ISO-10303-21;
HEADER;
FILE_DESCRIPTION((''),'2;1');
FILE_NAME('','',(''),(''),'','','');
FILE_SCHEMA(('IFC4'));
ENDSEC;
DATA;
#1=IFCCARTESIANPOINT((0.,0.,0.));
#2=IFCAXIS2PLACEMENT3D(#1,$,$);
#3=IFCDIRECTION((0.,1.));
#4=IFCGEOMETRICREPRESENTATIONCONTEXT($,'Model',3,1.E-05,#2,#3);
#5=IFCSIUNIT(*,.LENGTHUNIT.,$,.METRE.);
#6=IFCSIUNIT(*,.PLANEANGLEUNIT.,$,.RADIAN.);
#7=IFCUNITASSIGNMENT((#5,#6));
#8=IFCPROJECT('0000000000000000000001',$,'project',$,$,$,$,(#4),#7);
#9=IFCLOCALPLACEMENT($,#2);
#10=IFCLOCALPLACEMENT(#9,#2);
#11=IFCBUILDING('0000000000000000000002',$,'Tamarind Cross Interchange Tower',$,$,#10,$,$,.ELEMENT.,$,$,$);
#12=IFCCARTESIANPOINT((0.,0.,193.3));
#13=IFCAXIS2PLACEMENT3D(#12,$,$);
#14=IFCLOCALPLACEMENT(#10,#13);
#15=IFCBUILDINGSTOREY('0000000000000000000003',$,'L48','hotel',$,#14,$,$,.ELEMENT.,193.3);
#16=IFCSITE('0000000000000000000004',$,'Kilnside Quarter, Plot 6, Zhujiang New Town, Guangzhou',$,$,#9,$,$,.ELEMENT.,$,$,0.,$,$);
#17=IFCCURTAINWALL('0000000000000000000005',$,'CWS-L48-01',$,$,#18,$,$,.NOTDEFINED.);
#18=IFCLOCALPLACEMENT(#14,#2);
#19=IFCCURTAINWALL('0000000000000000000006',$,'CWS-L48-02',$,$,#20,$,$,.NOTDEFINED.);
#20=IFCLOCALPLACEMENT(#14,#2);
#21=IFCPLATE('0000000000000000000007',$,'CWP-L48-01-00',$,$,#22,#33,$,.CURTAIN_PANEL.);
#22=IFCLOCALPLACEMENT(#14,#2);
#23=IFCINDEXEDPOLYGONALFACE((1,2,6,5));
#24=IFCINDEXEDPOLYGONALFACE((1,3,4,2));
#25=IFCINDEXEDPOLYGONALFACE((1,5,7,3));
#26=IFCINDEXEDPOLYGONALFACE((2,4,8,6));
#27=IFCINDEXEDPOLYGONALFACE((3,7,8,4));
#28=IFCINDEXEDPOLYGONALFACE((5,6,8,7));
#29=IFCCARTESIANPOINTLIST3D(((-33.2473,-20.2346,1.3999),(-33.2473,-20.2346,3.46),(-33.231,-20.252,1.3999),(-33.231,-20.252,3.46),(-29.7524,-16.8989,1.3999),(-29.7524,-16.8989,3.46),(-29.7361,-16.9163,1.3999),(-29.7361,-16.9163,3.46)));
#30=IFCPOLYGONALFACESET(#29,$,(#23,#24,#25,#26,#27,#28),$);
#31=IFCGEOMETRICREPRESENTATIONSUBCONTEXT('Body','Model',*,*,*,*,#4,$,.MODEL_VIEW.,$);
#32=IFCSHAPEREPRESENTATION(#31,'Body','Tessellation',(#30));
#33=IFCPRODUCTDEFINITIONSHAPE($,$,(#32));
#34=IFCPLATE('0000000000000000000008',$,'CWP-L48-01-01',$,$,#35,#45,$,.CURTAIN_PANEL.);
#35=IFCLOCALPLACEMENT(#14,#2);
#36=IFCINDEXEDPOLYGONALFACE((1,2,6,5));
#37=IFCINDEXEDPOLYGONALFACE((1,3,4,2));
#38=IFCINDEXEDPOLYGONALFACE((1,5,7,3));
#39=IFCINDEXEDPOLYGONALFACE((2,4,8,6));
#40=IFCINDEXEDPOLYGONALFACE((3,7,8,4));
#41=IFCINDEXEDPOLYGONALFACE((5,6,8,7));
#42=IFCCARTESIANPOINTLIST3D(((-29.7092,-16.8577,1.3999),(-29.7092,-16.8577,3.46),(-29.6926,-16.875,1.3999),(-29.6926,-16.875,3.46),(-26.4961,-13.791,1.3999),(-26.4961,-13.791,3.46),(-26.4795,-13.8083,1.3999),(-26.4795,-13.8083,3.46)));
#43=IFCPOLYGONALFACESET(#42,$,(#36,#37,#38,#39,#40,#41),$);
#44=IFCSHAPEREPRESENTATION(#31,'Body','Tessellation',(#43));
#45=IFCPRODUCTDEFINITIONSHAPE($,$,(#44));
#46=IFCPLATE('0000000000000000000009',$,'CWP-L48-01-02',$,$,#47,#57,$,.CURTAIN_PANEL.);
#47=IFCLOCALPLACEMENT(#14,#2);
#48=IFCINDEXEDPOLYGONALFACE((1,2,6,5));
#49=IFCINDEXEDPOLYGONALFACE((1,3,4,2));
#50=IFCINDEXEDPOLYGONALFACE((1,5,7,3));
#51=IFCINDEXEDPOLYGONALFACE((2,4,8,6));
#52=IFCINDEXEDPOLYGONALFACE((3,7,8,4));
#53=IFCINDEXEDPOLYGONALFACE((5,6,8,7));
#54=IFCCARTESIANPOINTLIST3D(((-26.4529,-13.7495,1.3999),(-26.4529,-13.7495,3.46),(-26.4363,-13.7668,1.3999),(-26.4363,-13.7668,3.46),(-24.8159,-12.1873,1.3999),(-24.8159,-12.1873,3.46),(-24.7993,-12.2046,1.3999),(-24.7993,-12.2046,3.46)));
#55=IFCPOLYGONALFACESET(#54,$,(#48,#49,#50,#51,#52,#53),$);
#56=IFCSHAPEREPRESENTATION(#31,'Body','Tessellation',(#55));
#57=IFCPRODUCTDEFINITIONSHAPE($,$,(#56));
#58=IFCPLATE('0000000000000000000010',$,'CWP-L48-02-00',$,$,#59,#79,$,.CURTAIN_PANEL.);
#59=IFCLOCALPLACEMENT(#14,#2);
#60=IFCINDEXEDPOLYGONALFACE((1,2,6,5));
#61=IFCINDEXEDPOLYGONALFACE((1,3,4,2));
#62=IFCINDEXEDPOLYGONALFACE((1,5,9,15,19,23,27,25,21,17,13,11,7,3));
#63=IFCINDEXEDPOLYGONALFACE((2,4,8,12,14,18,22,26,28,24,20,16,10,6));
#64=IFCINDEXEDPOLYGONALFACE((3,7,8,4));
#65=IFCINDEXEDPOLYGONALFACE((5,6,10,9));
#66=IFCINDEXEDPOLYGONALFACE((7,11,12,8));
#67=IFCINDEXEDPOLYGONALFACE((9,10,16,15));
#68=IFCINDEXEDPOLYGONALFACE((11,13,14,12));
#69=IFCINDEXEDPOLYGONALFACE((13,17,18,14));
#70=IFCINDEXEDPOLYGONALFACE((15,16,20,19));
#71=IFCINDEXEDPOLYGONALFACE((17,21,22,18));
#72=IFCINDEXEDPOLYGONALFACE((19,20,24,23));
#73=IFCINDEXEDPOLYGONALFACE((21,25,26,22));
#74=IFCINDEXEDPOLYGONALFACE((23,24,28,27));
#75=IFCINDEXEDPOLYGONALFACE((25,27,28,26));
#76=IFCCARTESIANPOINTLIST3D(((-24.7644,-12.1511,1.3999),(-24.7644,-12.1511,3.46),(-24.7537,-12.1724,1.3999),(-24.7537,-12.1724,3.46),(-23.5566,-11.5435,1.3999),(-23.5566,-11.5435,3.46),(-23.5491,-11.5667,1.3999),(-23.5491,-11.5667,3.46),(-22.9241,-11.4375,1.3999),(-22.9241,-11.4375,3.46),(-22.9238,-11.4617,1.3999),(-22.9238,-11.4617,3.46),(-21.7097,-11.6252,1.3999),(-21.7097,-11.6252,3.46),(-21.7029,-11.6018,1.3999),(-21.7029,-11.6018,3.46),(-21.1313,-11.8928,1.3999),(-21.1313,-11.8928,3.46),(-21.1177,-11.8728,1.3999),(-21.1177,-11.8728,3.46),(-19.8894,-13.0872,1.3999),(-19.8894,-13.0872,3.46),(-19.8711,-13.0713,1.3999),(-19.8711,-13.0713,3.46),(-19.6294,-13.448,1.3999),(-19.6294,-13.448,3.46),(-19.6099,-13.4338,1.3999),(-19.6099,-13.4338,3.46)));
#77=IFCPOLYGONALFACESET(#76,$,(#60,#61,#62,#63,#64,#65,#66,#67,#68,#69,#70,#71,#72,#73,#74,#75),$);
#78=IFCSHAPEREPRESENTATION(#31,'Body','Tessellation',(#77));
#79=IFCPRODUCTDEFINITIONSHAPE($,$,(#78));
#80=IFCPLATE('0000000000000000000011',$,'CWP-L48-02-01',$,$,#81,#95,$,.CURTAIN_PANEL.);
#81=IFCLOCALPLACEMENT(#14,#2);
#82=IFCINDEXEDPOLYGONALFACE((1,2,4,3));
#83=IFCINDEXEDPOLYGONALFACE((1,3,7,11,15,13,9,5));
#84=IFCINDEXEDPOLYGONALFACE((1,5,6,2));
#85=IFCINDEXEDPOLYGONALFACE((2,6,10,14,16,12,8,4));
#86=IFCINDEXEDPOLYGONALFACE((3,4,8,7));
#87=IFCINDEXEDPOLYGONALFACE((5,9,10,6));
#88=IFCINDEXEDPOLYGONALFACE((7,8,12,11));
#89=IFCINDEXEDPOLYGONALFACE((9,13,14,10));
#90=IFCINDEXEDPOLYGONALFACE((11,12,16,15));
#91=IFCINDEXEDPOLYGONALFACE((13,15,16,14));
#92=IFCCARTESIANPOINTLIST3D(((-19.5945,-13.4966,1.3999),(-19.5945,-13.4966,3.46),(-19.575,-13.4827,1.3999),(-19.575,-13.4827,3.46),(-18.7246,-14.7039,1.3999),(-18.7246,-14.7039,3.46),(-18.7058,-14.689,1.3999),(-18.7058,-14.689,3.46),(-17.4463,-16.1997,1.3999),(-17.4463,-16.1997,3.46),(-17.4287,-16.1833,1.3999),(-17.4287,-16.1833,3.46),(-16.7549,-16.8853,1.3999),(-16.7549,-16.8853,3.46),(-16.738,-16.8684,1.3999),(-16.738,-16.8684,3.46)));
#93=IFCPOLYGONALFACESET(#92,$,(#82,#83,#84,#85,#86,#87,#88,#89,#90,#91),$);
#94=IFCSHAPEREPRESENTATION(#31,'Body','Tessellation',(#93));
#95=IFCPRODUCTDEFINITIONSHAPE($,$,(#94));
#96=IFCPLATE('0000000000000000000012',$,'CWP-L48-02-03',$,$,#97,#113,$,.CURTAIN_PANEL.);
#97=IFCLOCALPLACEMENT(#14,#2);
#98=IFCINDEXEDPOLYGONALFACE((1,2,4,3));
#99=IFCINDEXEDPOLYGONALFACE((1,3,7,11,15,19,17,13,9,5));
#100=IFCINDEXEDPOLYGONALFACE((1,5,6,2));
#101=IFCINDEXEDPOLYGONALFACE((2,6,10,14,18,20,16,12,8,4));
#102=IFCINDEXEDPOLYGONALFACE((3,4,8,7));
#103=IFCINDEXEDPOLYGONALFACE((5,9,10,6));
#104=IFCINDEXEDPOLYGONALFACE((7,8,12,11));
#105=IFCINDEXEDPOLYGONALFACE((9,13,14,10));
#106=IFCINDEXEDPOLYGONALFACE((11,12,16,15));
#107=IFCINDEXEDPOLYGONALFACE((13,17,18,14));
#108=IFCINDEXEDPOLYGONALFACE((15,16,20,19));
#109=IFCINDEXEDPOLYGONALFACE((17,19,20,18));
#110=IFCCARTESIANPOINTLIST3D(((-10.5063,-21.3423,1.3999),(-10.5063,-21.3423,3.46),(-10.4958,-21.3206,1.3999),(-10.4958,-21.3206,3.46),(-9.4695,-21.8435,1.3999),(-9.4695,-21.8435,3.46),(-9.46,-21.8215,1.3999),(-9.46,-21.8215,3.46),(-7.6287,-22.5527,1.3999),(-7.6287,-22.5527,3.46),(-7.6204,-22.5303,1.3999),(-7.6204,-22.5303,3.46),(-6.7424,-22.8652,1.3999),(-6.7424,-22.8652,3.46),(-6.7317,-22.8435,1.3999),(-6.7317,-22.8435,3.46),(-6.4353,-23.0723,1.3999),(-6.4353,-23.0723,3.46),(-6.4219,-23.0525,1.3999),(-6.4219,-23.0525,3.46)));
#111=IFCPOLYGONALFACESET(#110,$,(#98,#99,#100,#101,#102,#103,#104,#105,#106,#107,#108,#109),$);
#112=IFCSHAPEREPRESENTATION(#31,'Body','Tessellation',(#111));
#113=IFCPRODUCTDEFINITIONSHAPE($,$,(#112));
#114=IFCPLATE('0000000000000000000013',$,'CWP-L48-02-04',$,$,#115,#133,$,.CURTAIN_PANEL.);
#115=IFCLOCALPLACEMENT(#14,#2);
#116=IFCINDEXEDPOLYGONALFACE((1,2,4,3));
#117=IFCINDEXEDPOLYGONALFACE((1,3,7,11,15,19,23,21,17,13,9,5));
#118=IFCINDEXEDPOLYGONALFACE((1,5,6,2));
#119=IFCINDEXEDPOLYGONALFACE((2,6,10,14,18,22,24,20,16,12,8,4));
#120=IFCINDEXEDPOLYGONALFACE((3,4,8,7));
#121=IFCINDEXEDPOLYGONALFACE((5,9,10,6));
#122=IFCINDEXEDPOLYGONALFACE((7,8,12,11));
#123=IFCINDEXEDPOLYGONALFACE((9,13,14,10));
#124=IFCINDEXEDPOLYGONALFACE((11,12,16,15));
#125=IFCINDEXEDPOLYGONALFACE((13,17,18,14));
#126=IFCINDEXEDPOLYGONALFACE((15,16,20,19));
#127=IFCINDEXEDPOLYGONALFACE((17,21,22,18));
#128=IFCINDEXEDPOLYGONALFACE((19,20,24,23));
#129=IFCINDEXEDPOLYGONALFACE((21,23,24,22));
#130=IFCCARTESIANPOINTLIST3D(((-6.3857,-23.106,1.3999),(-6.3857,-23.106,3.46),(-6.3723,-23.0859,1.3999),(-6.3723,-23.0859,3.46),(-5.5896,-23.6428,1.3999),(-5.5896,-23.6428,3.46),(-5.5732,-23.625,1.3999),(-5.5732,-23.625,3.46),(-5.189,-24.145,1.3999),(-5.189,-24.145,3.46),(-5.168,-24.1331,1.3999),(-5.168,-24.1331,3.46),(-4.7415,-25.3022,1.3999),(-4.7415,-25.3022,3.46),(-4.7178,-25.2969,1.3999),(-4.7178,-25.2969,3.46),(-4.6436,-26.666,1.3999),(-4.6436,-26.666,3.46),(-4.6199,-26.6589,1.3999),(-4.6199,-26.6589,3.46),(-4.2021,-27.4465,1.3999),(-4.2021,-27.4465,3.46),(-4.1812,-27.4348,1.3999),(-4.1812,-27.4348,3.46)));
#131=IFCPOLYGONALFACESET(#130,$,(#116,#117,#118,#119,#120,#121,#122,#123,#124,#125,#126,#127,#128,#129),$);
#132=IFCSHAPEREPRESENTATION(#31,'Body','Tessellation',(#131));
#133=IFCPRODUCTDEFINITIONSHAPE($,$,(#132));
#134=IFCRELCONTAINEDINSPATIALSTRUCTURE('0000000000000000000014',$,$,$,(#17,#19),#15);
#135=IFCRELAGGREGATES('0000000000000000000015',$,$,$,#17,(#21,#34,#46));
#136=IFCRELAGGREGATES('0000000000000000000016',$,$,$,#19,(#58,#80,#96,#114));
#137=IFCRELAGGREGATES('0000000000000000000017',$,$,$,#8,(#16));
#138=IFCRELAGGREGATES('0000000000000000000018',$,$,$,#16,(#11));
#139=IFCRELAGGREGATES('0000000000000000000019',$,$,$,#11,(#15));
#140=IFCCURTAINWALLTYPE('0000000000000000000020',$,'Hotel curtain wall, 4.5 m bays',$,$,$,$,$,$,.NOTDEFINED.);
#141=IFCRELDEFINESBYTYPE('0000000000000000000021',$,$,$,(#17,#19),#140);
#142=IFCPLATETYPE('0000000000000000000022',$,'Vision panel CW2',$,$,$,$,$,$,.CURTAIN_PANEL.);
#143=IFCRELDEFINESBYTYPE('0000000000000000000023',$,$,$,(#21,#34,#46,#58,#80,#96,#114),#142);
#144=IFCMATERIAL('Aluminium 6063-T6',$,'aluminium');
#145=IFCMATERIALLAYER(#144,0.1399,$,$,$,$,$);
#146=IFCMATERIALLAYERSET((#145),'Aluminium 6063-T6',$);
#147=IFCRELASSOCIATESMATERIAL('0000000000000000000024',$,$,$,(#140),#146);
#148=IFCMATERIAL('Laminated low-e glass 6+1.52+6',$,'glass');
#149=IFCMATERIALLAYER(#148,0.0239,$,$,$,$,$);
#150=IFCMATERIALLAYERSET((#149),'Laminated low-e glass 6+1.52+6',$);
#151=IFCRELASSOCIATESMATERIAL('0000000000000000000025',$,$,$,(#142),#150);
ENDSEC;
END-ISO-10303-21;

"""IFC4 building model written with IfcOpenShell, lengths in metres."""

from ifc_helpers import new_model, si_unit, direction, frame, origin, place, context, subcontext, project, spatial, polyline, outline, extrude, material, layer, layer_set, type_object, element, aggregate, save


model = new_model("IFC4")

# Units and contexts
model_context = context("Model", 3, precision=1e-05, world=origin(), true_north=direction((0.0, 1.0)))
body_context = subcontext(model_context, "Body", "Model", "MODEL_VIEW")
ifc_project = project(units=[si_unit("LENGTHUNIT", "METRE"), si_unit("PLANEANGLEUNIT", "RADIAN")], contexts=[model_context])

# Site, building, storey
site_placement = place(None, origin())
site = spatial("IfcSite", under=ifc_project, at=site_placement, Name="Kilnside Quarter, Plot 6, Zhujiang New Town, Guangzhou", CompositionType="ELEMENT", RefElevation=0.0)
building_placement = place(site_placement, origin())
building = spatial("IfcBuilding", under=site, at=building_placement, Name="Tamarind Cross Interchange Tower", CompositionType="ELEMENT")
storey_placement = place(building_placement, frame((0.0, 0.0, 193.3)))
storey = spatial("IfcBuildingStorey", under=building, at=storey_placement, Name="L48", Description="hotel", CompositionType="ELEMENT", Elevation=193.3)

# Curtain wall
ifc_material_1 = material(Name="Aluminium 6063-T6", Category="aluminium")
ifc_layer_1 = layer(ifc_material_1, 0.1399)
ifc_layer_set_1 = layer_set([ifc_layer_1], Name="Aluminium 6063-T6")
curtain_wall_type = type_object("IfcCurtainWallType", Name="Hotel curtain wall, 4.5 m bays", PredefinedType="NOTDEFINED", material=ifc_layer_set_1)
curtain_wall_1_placement = place(storey_placement, origin())
curtain_wall_1 = element("IfcCurtainWall", 1, at=curtain_wall_1_placement, inside=storey, type_object=curtain_wall_type, Name="CWS-L48-01", PredefinedType="NOTDEFINED")

# Curtain wall
curtain_wall_2_placement = place(storey_placement, origin())
curtain_wall_2 = element("IfcCurtainWall", 2, at=curtain_wall_2_placement, inside=storey, type_object=curtain_wall_type, Name="CWS-L48-02", PredefinedType="NOTDEFINED")

# Plates
ifc_material_2 = material(Name="Laminated low-e glass 6+1.52+6", Category="glass")
ifc_layer_2 = layer(ifc_material_2, 0.0239)
ifc_layer_set_2 = layer_set([ifc_layer_2], Name="Laminated low-e glass 6+1.52+6")
plate_type = type_object("IfcPlateType", Name="Vision panel CW2", PredefinedType="CURTAIN_PANEL", material=ifc_layer_set_2)
plate_1_placement = place(storey_placement, frame((0.0, 0.0, 1.3999)))
plate_1 = element("IfcPlate", 3, at=plate_1_placement, type_object=plate_type, Name="CWP-L48-01-00", PredefinedType="CURTAIN_PANEL", context=body_context, shape_type="SweptSolid", body=[
    extrude(outline(polyline([(-33.2473, -20.2346), (-29.7524, -16.8989), (-29.7361, -16.9163), (-33.231, -20.252), (-33.2473, -20.2346)])), origin(), (0.0, 0.0, 1.0), 2.0601),
])
plate_2_placement = place(storey_placement, frame((0.0, 0.0, 1.3999)))
plate_2 = element("IfcPlate", 4, at=plate_2_placement, type_object=plate_type, Name="CWP-L48-01-01", PredefinedType="CURTAIN_PANEL", context=body_context, shape_type="SweptSolid", body=[
    extrude(outline(polyline([(-29.7092, -16.8577), (-26.4961, -13.791), (-26.4795, -13.8083), (-29.6926, -16.875), (-29.7092, -16.8577)])), origin(), (0.0, 0.0, 1.0), 2.0601),
])
plate_3_placement = place(storey_placement, frame((0.0, 0.0, 1.3999)))
plate_3 = element("IfcPlate", 5, at=plate_3_placement, type_object=plate_type, Name="CWP-L48-01-02", PredefinedType="CURTAIN_PANEL", context=body_context, shape_type="SweptSolid", body=[
    extrude(outline(polyline([(-26.4529, -13.7495), (-24.8159, -12.1873), (-24.7993, -12.2046), (-26.4363, -13.7668), (-26.4529, -13.7495)])), origin(), (0.0, 0.0, 1.0), 2.0601),
])
aggregate(curtain_wall_1, [plate_1, plate_2, plate_3])
plate_4_placement = place(storey_placement, frame((0.0, 0.0, 1.3999)))
plate_4 = element("IfcPlate", 6, at=plate_4_placement, type_object=plate_type, Name="CWP-L48-02-00", PredefinedType="CURTAIN_PANEL", context=body_context, shape_type="SweptSolid", body=[
    extrude(outline(polyline([(-24.7644, -12.1511), (-23.5566, -11.5435), (-22.9241, -11.4375), (-21.7029, -11.6018), (-21.1177, -11.8728), (-19.8711, -13.0713), (-19.6099, -13.4338), (-19.6294, -13.448), (-19.8894, -13.0872), (-21.1313, -11.8928), (-21.7097, -11.6252), (-22.9238, -11.4617), (-23.5491, -11.5667), (-24.7537, -12.1724), (-24.7644, -12.1511)])), origin(), (0.0, 0.0, 1.0), 2.0601),
])
plate_5_placement = place(storey_placement, frame((0.0, 0.0, 1.3999)))
plate_5 = element("IfcPlate", 7, at=plate_5_placement, type_object=plate_type, Name="CWP-L48-02-01", PredefinedType="CURTAIN_PANEL", context=body_context, shape_type="SweptSolid", body=[
    extrude(outline(polyline([(-19.575, -13.4827), (-18.7058, -14.689), (-17.4287, -16.1833), (-16.738, -16.8684), (-16.7549, -16.8853), (-17.4463, -16.1997), (-18.7246, -14.7039), (-19.5945, -13.4966), (-19.575, -13.4827)])), origin(), (0.0, 0.0, 1.0), 2.0601),
])
plate_6_placement = place(storey_placement, frame((0.0, 0.0, 1.3999)))
plate_6 = element("IfcPlate", 8, at=plate_6_placement, type_object=plate_type, Name="CWP-L48-02-03", PredefinedType="CURTAIN_PANEL", context=body_context, shape_type="SweptSolid", body=[
    extrude(outline(polyline([(-10.4958, -21.3206), (-9.46, -21.8215), (-7.6204, -22.5303), (-6.7317, -22.8435), (-6.4219, -23.0525), (-6.4353, -23.0723), (-6.7424, -22.8652), (-7.6287, -22.5527), (-9.4695, -21.8435), (-10.5063, -21.3423), (-10.4958, -21.3206)])), origin(), (0.0, 0.0, 1.0), 2.0601),
])
plate_7_placement = place(storey_placement, frame((0.0, 0.0, 1.3999)))
plate_7 = element("IfcPlate", 9, at=plate_7_placement, type_object=plate_type, Name="CWP-L48-02-04", PredefinedType="CURTAIN_PANEL", context=body_context, shape_type="SweptSolid", body=[
    extrude(outline(polyline([(-6.3723, -23.0859), (-5.5732, -23.625), (-5.168, -24.1331), (-4.7178, -25.2969), (-4.6199, -26.6589), (-4.1812, -27.4348), (-4.2021, -27.4465), (-4.6436, -26.666), (-4.7415, -25.3022), (-5.189, -24.145), (-5.5896, -23.6428), (-6.3857, -23.106), (-6.3723, -23.0859)])), origin(), (0.0, 0.0, 1.0), 2.0601),
])
aggregate(curtain_wall_2, [plate_4, plate_5, plate_6, plate_7])

save(model, "model.ifc")
